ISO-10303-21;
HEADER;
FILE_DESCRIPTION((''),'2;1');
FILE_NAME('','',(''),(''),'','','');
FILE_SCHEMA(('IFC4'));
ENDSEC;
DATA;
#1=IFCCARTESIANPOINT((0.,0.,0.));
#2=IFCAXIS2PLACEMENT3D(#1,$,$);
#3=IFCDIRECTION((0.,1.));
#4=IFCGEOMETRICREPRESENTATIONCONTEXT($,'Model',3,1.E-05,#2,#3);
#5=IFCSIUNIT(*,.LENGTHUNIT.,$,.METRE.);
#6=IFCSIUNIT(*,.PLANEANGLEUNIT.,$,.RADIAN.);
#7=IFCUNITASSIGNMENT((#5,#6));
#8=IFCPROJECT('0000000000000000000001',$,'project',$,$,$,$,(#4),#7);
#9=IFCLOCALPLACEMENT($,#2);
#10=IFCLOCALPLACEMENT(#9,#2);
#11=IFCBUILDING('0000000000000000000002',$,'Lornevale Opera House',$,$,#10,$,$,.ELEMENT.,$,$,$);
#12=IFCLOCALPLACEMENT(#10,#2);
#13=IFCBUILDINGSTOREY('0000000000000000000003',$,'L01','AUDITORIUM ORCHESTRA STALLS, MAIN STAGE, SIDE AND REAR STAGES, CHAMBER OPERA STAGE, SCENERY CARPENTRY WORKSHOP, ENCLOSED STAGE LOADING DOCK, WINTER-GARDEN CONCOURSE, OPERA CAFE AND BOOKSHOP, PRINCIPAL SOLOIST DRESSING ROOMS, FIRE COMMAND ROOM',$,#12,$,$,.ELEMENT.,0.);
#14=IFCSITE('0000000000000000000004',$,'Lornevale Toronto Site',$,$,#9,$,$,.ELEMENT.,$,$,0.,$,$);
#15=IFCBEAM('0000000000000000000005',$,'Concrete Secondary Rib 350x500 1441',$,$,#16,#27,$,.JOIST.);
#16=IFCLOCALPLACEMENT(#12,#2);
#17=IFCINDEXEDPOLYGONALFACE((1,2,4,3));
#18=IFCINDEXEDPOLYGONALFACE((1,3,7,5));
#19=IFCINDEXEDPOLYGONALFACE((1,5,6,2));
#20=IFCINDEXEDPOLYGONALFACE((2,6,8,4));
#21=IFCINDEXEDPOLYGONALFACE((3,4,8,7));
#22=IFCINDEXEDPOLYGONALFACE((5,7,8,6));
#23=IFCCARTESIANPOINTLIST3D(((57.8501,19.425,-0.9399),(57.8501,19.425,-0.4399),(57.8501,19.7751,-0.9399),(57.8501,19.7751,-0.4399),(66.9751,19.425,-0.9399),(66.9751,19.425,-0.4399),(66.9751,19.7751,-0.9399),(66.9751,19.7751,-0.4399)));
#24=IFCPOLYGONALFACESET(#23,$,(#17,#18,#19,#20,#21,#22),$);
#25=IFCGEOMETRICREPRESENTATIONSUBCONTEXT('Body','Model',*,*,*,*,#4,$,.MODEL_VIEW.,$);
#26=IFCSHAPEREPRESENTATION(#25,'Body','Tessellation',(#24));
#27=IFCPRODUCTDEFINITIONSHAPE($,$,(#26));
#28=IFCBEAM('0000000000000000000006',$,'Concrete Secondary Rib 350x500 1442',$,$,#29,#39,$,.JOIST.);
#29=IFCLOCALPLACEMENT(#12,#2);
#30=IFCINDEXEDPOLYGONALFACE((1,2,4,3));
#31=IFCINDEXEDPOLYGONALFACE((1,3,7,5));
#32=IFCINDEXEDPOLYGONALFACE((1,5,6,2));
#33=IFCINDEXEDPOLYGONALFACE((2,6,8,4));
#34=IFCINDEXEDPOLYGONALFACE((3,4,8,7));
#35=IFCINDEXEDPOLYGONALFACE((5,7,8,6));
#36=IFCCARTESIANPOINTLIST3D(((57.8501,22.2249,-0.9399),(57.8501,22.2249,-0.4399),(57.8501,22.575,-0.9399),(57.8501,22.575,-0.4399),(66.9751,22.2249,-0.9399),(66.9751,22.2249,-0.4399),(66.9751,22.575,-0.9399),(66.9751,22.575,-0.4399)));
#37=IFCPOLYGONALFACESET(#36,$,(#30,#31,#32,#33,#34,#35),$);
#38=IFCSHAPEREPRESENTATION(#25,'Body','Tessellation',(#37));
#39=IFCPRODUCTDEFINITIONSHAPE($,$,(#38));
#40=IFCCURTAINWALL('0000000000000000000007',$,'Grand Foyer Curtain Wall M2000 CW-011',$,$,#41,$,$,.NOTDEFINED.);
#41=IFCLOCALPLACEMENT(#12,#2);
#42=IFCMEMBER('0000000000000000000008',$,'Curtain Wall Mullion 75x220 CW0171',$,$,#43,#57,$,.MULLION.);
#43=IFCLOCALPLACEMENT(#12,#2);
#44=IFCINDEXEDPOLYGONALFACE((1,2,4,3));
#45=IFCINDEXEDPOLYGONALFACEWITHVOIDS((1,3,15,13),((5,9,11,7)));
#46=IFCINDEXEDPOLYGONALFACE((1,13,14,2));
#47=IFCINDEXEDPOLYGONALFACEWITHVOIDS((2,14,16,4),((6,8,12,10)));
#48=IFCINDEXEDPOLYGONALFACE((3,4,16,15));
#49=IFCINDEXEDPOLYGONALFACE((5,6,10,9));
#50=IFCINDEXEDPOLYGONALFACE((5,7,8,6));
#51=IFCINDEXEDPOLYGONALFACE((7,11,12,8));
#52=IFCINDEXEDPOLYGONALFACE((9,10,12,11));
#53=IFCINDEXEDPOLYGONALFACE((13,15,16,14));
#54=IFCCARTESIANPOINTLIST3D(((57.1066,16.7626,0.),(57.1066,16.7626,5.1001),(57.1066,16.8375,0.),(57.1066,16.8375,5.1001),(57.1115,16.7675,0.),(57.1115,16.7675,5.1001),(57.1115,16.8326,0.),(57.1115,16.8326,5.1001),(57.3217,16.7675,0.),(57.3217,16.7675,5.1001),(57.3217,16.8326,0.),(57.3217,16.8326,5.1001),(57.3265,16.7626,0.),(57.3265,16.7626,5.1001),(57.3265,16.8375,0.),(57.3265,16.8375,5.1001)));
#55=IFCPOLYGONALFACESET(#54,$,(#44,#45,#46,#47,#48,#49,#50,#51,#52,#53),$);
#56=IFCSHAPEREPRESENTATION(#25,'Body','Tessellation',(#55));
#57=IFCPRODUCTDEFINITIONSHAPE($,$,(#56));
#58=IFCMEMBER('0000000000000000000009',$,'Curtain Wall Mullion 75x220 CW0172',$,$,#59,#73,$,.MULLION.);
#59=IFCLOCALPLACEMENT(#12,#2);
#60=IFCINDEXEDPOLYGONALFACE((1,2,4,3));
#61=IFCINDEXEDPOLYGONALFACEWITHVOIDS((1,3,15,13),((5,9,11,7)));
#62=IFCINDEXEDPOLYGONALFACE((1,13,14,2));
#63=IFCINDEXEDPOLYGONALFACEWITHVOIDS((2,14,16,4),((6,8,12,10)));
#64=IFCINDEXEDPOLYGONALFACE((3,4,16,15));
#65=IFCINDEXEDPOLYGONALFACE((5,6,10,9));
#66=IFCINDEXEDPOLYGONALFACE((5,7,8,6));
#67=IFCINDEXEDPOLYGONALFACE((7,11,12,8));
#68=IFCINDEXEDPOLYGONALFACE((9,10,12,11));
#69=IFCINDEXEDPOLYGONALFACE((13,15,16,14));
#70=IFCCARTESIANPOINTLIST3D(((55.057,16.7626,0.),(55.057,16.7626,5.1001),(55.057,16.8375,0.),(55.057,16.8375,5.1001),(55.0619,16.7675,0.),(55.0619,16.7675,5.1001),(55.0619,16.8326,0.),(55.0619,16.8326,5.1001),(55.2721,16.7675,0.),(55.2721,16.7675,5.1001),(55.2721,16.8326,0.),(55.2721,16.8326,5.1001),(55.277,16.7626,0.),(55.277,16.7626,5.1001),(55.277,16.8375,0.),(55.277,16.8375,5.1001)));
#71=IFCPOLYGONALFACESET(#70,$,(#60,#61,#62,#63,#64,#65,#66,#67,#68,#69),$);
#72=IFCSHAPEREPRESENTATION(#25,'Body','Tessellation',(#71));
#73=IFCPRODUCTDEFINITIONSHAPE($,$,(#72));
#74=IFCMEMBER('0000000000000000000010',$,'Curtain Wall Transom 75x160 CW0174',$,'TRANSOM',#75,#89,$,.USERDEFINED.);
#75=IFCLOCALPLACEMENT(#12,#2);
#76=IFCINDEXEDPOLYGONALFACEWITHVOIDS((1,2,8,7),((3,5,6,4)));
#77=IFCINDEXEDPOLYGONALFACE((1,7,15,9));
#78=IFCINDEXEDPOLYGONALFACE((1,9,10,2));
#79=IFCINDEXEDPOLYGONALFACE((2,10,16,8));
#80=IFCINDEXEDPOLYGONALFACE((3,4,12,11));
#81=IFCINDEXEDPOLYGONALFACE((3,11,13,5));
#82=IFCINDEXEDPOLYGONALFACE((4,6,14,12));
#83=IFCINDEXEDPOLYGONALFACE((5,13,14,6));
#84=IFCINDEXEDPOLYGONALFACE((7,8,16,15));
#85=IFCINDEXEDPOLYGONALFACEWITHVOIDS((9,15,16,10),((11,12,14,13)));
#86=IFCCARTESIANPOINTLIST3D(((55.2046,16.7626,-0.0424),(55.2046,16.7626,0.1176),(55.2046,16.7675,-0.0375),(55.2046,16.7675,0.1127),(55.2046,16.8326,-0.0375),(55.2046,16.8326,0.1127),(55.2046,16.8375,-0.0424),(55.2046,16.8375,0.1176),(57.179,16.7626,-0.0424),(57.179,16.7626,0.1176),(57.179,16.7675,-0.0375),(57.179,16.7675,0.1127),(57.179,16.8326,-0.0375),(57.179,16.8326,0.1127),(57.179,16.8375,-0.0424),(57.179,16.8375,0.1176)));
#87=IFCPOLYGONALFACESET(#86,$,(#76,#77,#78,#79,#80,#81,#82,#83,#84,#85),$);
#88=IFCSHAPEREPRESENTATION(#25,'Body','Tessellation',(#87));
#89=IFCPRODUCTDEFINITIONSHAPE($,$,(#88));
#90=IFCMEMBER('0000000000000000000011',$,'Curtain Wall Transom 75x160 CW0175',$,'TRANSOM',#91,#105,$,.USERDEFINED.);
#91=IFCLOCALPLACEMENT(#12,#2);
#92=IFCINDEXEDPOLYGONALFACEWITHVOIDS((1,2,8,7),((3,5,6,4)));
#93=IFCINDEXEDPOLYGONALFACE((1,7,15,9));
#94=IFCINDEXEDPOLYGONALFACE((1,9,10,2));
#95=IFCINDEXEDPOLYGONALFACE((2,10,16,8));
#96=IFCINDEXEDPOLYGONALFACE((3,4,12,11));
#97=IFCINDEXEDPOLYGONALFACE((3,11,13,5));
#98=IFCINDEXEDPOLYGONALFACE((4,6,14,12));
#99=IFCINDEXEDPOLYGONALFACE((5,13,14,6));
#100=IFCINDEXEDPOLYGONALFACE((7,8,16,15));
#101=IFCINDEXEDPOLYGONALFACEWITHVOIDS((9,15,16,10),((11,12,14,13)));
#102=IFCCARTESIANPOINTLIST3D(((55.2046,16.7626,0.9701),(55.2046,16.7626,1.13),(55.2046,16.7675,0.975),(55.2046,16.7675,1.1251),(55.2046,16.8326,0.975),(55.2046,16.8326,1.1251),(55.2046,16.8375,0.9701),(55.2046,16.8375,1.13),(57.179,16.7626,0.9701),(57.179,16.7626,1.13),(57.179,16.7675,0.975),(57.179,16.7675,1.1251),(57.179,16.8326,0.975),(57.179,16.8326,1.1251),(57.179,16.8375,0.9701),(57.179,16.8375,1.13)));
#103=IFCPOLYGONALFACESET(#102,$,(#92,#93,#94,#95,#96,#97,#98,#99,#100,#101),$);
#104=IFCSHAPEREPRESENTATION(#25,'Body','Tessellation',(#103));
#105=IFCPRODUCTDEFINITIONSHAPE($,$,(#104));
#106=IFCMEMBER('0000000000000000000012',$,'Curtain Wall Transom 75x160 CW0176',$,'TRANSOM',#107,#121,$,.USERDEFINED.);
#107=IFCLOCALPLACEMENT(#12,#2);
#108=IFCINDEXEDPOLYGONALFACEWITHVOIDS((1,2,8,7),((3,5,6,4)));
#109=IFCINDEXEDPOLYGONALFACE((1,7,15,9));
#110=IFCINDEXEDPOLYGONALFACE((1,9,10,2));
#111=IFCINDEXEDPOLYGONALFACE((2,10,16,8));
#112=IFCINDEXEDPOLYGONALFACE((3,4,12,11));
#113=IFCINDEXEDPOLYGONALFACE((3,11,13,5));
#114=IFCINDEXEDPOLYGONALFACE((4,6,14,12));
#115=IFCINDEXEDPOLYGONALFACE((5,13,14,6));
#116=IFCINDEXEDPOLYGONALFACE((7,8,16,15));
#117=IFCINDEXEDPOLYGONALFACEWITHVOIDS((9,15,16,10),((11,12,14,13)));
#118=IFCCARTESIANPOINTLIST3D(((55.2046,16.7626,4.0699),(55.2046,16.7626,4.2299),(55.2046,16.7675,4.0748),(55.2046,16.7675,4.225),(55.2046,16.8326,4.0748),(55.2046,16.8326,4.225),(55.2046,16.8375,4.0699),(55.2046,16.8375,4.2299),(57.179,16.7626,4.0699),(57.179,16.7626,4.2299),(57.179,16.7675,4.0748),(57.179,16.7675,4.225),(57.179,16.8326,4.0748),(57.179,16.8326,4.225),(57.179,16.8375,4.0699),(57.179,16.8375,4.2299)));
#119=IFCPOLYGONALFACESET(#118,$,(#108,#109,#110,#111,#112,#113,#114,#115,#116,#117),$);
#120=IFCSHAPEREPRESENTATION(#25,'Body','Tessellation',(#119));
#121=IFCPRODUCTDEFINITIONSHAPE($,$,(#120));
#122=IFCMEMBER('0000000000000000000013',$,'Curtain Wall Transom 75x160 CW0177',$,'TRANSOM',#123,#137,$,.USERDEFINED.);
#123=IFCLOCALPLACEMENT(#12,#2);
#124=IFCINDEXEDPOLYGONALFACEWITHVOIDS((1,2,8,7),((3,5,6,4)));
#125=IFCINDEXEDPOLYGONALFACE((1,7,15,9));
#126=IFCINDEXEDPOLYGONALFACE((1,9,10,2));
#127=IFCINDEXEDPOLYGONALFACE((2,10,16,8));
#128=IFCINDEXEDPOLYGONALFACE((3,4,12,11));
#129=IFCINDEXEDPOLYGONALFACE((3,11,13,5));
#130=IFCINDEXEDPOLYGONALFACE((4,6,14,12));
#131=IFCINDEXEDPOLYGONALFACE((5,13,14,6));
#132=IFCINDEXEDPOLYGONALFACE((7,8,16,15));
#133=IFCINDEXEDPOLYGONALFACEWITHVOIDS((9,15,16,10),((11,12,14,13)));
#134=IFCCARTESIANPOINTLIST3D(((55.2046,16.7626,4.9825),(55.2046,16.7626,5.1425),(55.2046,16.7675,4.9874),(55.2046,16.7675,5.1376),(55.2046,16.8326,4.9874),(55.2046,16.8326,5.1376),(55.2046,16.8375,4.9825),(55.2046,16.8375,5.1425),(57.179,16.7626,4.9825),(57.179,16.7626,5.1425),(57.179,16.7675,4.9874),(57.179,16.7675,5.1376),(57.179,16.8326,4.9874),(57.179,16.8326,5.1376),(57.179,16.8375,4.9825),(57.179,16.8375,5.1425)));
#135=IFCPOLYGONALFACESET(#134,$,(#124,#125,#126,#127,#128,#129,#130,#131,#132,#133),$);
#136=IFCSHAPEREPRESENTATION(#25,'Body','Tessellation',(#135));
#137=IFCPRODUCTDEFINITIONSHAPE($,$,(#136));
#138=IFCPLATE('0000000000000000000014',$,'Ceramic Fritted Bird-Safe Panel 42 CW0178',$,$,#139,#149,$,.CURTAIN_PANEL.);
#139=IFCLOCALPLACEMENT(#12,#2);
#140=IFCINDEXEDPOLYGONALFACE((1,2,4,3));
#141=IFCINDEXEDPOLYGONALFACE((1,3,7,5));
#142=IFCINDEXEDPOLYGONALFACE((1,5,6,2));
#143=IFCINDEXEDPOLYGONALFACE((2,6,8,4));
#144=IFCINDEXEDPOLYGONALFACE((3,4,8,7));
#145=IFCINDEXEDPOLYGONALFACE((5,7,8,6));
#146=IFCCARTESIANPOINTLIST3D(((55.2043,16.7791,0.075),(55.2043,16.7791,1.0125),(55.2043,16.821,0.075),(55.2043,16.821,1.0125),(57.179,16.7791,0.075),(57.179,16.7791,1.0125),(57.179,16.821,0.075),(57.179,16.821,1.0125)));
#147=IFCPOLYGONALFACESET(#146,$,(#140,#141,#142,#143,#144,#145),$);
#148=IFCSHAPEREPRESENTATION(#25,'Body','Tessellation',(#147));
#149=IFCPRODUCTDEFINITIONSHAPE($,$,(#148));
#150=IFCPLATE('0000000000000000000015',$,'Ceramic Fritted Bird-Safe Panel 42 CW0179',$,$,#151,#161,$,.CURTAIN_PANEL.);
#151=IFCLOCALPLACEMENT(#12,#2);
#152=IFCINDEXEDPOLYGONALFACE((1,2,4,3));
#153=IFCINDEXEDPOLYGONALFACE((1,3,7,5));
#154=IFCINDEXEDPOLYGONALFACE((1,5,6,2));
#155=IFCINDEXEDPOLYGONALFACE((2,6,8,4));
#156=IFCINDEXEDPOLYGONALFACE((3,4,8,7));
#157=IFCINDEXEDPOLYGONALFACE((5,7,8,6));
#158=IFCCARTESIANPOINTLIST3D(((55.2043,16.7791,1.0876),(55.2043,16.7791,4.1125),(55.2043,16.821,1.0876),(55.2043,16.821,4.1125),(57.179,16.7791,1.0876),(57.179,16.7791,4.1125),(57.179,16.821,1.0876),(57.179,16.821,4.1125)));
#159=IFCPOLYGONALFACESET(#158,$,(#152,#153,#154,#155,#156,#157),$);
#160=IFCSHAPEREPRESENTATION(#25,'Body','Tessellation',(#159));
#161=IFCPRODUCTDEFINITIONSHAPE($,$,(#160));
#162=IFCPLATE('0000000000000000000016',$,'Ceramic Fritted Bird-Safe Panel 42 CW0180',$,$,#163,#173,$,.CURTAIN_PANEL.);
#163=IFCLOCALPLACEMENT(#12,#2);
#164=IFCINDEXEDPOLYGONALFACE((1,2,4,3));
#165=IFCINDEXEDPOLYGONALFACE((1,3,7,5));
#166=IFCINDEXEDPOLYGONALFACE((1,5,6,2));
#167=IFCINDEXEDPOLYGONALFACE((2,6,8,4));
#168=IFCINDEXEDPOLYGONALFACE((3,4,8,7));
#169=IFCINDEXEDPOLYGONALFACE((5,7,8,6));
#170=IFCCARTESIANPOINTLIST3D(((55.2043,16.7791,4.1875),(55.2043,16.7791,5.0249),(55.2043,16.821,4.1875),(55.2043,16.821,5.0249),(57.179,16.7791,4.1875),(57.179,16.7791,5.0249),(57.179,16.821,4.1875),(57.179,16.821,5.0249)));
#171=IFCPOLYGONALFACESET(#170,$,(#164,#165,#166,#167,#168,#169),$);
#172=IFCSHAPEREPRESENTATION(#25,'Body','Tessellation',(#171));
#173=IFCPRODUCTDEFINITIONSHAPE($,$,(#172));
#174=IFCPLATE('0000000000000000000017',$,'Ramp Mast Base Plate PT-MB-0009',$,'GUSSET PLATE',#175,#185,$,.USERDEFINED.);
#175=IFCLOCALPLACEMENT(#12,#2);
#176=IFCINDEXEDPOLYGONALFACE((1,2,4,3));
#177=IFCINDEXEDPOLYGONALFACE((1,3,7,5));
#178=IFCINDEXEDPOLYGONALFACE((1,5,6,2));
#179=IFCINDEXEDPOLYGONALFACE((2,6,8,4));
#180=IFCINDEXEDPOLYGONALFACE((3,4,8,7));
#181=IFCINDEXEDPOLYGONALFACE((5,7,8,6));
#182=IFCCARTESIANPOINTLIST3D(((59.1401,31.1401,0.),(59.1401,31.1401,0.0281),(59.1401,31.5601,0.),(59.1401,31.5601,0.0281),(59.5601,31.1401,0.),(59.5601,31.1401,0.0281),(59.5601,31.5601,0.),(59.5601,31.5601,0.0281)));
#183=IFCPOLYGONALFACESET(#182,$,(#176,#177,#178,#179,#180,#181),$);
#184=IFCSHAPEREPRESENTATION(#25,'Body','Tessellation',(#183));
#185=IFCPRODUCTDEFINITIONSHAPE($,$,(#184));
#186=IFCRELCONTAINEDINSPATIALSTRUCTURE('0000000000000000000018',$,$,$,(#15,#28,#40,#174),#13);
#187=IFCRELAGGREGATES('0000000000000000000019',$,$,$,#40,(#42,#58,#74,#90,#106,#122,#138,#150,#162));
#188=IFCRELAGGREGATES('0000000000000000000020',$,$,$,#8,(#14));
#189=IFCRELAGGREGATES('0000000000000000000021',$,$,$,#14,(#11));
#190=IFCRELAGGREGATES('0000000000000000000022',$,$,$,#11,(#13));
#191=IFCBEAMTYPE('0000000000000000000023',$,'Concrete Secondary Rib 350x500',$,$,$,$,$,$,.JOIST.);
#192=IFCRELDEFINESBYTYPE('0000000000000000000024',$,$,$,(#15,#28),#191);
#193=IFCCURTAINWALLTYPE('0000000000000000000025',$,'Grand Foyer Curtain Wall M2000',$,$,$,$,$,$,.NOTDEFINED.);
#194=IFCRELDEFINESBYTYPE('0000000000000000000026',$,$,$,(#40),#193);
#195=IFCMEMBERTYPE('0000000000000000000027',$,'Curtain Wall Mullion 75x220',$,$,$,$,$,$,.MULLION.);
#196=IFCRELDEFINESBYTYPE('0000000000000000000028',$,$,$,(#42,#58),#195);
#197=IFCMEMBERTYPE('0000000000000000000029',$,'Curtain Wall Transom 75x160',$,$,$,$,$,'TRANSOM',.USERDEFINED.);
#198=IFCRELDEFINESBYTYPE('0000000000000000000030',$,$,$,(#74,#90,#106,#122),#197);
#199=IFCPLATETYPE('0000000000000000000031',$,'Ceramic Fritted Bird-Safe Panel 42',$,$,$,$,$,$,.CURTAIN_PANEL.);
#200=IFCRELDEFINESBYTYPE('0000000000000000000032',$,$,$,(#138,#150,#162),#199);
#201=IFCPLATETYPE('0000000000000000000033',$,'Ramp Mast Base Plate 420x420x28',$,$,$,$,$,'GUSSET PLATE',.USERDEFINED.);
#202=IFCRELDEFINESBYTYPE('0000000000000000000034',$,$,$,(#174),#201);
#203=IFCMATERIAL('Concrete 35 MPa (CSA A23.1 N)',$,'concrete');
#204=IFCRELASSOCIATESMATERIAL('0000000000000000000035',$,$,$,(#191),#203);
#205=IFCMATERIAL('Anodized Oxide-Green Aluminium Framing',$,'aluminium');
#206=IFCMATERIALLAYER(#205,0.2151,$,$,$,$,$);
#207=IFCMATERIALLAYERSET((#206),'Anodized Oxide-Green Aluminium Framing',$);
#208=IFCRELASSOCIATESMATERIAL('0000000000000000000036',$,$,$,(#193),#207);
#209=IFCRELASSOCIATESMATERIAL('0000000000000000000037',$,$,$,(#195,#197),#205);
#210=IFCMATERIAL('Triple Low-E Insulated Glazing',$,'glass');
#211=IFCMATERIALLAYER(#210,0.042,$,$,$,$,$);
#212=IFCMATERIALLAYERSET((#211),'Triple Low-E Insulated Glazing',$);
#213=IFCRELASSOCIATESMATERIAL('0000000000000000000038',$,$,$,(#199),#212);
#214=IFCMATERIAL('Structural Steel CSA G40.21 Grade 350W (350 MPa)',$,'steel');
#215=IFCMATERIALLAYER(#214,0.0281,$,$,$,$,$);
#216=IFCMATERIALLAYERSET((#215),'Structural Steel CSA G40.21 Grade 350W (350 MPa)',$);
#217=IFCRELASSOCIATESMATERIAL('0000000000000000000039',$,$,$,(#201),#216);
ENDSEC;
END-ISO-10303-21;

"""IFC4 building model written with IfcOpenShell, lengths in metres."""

from ifc_helpers import new_model, si_unit, direction, frame, origin, origin_2d, place, context, subcontext, project, spatial, rectangle, hollow_rectangle, extrude, material, layer, layer_set, material_profile, profile_set, type_object, element, aggregate, save


model = new_model("IFC4")

# Units and contexts
model_context = context("Model", 3, precision=1e-05, world=origin(), true_north=direction((0.0, 1.0)))
body_context = subcontext(model_context, "Body", "Model", "MODEL_VIEW")
ifc_project = project(units=[si_unit("LENGTHUNIT", "METRE"), si_unit("PLANEANGLEUNIT", "RADIAN")], contexts=[model_context])

# Site, building, storey
site_placement = place(None, origin())
site = spatial("IfcSite", under=ifc_project, at=site_placement, Name="Lornevale Toronto Site", CompositionType="ELEMENT", RefElevation=0.0)
building_placement = place(site_placement, origin())
building = spatial("IfcBuilding", under=site, at=building_placement, Name="Lornevale Opera House", CompositionType="ELEMENT")
storey_placement = place(building_placement, origin())
storey = spatial("IfcBuildingStorey", under=building, at=storey_placement, Name="L01", Description="AUDITORIUM ORCHESTRA STALLS, MAIN STAGE, SIDE AND REAR STAGES, CHAMBER OPERA STAGE, SCENERY CARPENTRY WORKSHOP, ENCLOSED STAGE LOADING DOCK, WINTER-GARDEN CONCOURSE, OPERA CAFE AND BOOKSHOP, PRINCIPAL SOLOIST DRESSING ROOMS, FIRE COMMAND ROOM", CompositionType="ELEMENT", Elevation=0.0)

# Shared definitions
ifc_material_1 = material(Name="Structural Steel CSA G40.21 Grade 350W (350 MPa)", Category="steel")

# Beams
ifc_material_2 = material(Name="Concrete 35 MPa (CSA A23.1 N)", Category="concrete")
ifc_material_profile_1 = material_profile(ifc_material_2, rectangle(XDim=0.3501, YDim=0.5, at=origin_2d()), Name="RC350x500")
ifc_profile_set_1 = profile_set([ifc_material_profile_1], Name="Concrete 35 MPa (CSA A23.1 N)")
beam_type_1 = type_object("IfcBeamType", Name="Concrete Secondary Rib 350x500", PredefinedType="JOIST", material=ifc_profile_set_1)
for number, where, z_axis, x_axis, name in (
    (1, (57.8501, 19.6001, -0.6899), (1.0, 0.0, 0.0), (0.0, 1.0, 0.0), "Concrete Secondary Rib 350x500 1441"),
    (2, (57.8501, 22.3999, -0.6899), (1.0, 0.0, 0.0), (0.0, 1.0, 0.0), "Concrete Secondary Rib 350x500 1442"),
):
    element("IfcBeam", number, at=place(storey_placement, frame(where, z_axis=z_axis, x_axis=x_axis)), inside=storey, type_object=beam_type_1, Name=name, PredefinedType="JOIST", context=body_context, shape_type="SweptSolid", body=[
        extrude(rectangle(XDim=0.3501, YDim=0.5, at=origin_2d()), origin(), (0.0, 0.0, 1.0), 9.125),
    ])

# Curtain wall, members, plates
ifc_material_3 = material(Name="Anodized Oxide-Green Aluminium Framing", Category="aluminium")
ifc_layer_1 = layer(ifc_material_3, 0.2151)
ifc_layer_set_1 = layer_set([ifc_layer_1], Name="Anodized Oxide-Green Aluminium Framing")
curtain_wall_type = type_object("IfcCurtainWallType", Name="Grand Foyer Curtain Wall M2000", PredefinedType="NOTDEFINED", material=ifc_layer_set_1)
curtain_wall_placement = place(storey_placement, origin())
curtain_wall = element("IfcCurtainWall", 3, at=curtain_wall_placement, inside=storey, type_object=curtain_wall_type, Name="Grand Foyer Curtain Wall M2000 CW-011", PredefinedType="NOTDEFINED")
ifc_material_profile_2 = material_profile(ifc_material_3, hollow_rectangle(XDim=0.075, YDim=0.22, WallThickness=0.0049, at=origin_2d()), Name="ALU75x220x5")
ifc_profile_set_2 = profile_set([ifc_material_profile_2], Name="Anodized Oxide-Green Aluminium Framing")
member_type_1 = type_object("IfcMemberType", Name="Curtain Wall Mullion 75x220", PredefinedType="MULLION", material=ifc_profile_set_2)
member_1_placement = place(storey_placement, frame((57.2166, 16.8, 0.0), z_axis=(0.0, 0.0, 1.0), x_axis=(0.0, -1.0, 0.0)))
member_1 = element("IfcMember", 4, at=member_1_placement, type_object=member_type_1, Name="Curtain Wall Mullion 75x220 CW0171", PredefinedType="MULLION", context=body_context, shape_type="SweptSolid", body=[
    extrude(hollow_rectangle(XDim=0.075, YDim=0.22, WallThickness=0.0049, at=origin_2d()), origin(), (0.0, 0.0, 1.0), 5.1001),
])
member_2_placement = place(storey_placement, frame((55.167, 16.8, 0.0), z_axis=(0.0, 0.0, 1.0), x_axis=(0.0, -1.0, 0.0)))
member_2 = element("IfcMember", 5, at=member_2_placement, type_object=member_type_1, Name="Curtain Wall Mullion 75x220 CW0172", PredefinedType="MULLION", context=body_context, shape_type="SweptSolid", body=[
    extrude(hollow_rectangle(XDim=0.075, YDim=0.22, WallThickness=0.0049, at=origin_2d()), origin(), (0.0, 0.0, 1.0), 5.1001),
])
ifc_material_profile_3 = material_profile(ifc_material_3, hollow_rectangle(XDim=0.075, YDim=0.1599, WallThickness=0.0049, at=origin_2d()), Name="ALU75x160x5")
ifc_profile_set_3 = profile_set([ifc_material_profile_3], Name="Anodized Oxide-Green Aluminium Framing")
member_type_2 = type_object("IfcMemberType", Name="Curtain Wall Transom 75x160", ElementType="TRANSOM", PredefinedType="USERDEFINED", material=ifc_profile_set_3)
member_3_placement = place(storey_placement, frame((57.179, 16.8, 0.0376), z_axis=(-1.0, 0.0, 0.0), x_axis=(0.0, -1.0, 0.0)))
member_3 = element("IfcMember", 6, at=member_3_placement, type_object=member_type_2, Name="Curtain Wall Transom 75x160 CW0174", ObjectType="TRANSOM", PredefinedType="USERDEFINED", context=body_context, shape_type="SweptSolid", body=[
    extrude(hollow_rectangle(XDim=0.075, YDim=0.1599, WallThickness=0.0049, at=origin_2d()), origin(), (0.0, 0.0, 1.0), 1.9744),
])
member_4_placement = place(storey_placement, frame((57.179, 16.8, 1.05), z_axis=(-1.0, 0.0, 0.0), x_axis=(0.0, -1.0, 0.0)))
member_4 = element("IfcMember", 7, at=member_4_placement, type_object=member_type_2, Name="Curtain Wall Transom 75x160 CW0175", ObjectType="TRANSOM", PredefinedType="USERDEFINED", context=body_context, shape_type="SweptSolid", body=[
    extrude(hollow_rectangle(XDim=0.075, YDim=0.1599, WallThickness=0.0049, at=origin_2d()), origin(), (0.0, 0.0, 1.0), 1.9744),
])
member_5_placement = place(storey_placement, frame((57.179, 16.8, 4.1499), z_axis=(-1.0, 0.0, 0.0), x_axis=(0.0, -1.0, 0.0)))
member_5 = element("IfcMember", 8, at=member_5_placement, type_object=member_type_2, Name="Curtain Wall Transom 75x160 CW0176", ObjectType="TRANSOM", PredefinedType="USERDEFINED", context=body_context, shape_type="SweptSolid", body=[
    extrude(hollow_rectangle(XDim=0.075, YDim=0.1599, WallThickness=0.0049, at=origin_2d()), origin(), (0.0, 0.0, 1.0), 1.9744),
])
member_6_placement = place(storey_placement, frame((57.179, 16.8, 5.0625), z_axis=(-1.0, 0.0, 0.0), x_axis=(0.0, -1.0, 0.0)))
member_6 = element("IfcMember", 9, at=member_6_placement, type_object=member_type_2, Name="Curtain Wall Transom 75x160 CW0177", ObjectType="TRANSOM", PredefinedType="USERDEFINED", context=body_context, shape_type="SweptSolid", body=[
    extrude(hollow_rectangle(XDim=0.075, YDim=0.1599, WallThickness=0.0049, at=origin_2d()), origin(), (0.0, 0.0, 1.0), 1.9744),
])
ifc_material_4 = material(Name="Triple Low-E Insulated Glazing", Category="glass")
ifc_layer_2 = layer(ifc_material_4, 0.042)
ifc_layer_set_2 = layer_set([ifc_layer_2], Name="Triple Low-E Insulated Glazing")
plate_type_1 = type_object("IfcPlateType", Name="Ceramic Fritted Bird-Safe Panel 42", PredefinedType="CURTAIN_PANEL", material=ifc_layer_set_2)
plate_1_placement = place(storey_placement, frame((56.1917, 16.8, 0.075), z_axis=(0.0, 0.0, 1.0), x_axis=(-1.0, 0.0, 0.0)))
plate_1 = element("IfcPlate", 10, at=plate_1_placement, type_object=plate_type_1, Name="Ceramic Fritted Bird-Safe Panel 42 CW0178", PredefinedType="CURTAIN_PANEL", context=body_context, shape_type="SweptSolid", body=[
    extrude(rectangle(XDim=1.9746, YDim=0.042, at=origin_2d()), origin(), (0.0, 0.0, 1.0), 0.9375),
])
plate_2_placement = place(storey_placement, frame((56.1917, 16.8, 1.0876), z_axis=(0.0, 0.0, 1.0), x_axis=(-1.0, 0.0, 0.0)))
plate_2 = element("IfcPlate", 11, at=plate_2_placement, type_object=plate_type_1, Name="Ceramic Fritted Bird-Safe Panel 42 CW0179", PredefinedType="CURTAIN_PANEL", context=body_context, shape_type="SweptSolid", body=[
    extrude(rectangle(XDim=1.9746, YDim=0.042, at=origin_2d()), origin(), (0.0, 0.0, 1.0), 3.0249),
])
plate_3_placement = place(storey_placement, frame((56.1917, 16.8, 4.1875), z_axis=(0.0, 0.0, 1.0), x_axis=(-1.0, 0.0, 0.0)))
plate_3 = element("IfcPlate", 12, at=plate_3_placement, type_object=plate_type_1, Name="Ceramic Fritted Bird-Safe Panel 42 CW0180", PredefinedType="CURTAIN_PANEL", context=body_context, shape_type="SweptSolid", body=[
    extrude(rectangle(XDim=1.9746, YDim=0.042, at=origin_2d()), origin(), (0.0, 0.0, 1.0), 0.8374),
])
aggregate(curtain_wall, [member_1, member_2, member_3, member_4, member_5, member_6, plate_1, plate_2, plate_3])

# Plate
ifc_layer_3 = layer(ifc_material_1, 0.0281)
ifc_layer_set_3 = layer_set([ifc_layer_3], Name="Structural Steel CSA G40.21 Grade 350W (350 MPa)")
plate_type_2 = type_object("IfcPlateType", Name="Ramp Mast Base Plate 420x420x28", ElementType="GUSSET PLATE", PredefinedType="USERDEFINED", material=ifc_layer_set_3)
for number, where, z_axis, x_axis, name in (
    (13, (59.3501, 31.3501, 0.0), (0.0, 0.0, 1.0), (1.0, 0.0, 0.0), "Ramp Mast Base Plate PT-MB-0009"),
):
    element("IfcPlate", number, at=place(storey_placement, frame(where, z_axis=z_axis, x_axis=x_axis)), inside=storey, type_object=plate_type_2, Name=name, ObjectType="GUSSET PLATE", PredefinedType="USERDEFINED", context=body_context, shape_type="SweptSolid", body=[
        extrude(rectangle(XDim=0.4199, YDim=0.4199, at=origin_2d()), origin(), (0.0, 0.0, 1.0), 0.0281),
    ])

save(model, "model.ifc")
